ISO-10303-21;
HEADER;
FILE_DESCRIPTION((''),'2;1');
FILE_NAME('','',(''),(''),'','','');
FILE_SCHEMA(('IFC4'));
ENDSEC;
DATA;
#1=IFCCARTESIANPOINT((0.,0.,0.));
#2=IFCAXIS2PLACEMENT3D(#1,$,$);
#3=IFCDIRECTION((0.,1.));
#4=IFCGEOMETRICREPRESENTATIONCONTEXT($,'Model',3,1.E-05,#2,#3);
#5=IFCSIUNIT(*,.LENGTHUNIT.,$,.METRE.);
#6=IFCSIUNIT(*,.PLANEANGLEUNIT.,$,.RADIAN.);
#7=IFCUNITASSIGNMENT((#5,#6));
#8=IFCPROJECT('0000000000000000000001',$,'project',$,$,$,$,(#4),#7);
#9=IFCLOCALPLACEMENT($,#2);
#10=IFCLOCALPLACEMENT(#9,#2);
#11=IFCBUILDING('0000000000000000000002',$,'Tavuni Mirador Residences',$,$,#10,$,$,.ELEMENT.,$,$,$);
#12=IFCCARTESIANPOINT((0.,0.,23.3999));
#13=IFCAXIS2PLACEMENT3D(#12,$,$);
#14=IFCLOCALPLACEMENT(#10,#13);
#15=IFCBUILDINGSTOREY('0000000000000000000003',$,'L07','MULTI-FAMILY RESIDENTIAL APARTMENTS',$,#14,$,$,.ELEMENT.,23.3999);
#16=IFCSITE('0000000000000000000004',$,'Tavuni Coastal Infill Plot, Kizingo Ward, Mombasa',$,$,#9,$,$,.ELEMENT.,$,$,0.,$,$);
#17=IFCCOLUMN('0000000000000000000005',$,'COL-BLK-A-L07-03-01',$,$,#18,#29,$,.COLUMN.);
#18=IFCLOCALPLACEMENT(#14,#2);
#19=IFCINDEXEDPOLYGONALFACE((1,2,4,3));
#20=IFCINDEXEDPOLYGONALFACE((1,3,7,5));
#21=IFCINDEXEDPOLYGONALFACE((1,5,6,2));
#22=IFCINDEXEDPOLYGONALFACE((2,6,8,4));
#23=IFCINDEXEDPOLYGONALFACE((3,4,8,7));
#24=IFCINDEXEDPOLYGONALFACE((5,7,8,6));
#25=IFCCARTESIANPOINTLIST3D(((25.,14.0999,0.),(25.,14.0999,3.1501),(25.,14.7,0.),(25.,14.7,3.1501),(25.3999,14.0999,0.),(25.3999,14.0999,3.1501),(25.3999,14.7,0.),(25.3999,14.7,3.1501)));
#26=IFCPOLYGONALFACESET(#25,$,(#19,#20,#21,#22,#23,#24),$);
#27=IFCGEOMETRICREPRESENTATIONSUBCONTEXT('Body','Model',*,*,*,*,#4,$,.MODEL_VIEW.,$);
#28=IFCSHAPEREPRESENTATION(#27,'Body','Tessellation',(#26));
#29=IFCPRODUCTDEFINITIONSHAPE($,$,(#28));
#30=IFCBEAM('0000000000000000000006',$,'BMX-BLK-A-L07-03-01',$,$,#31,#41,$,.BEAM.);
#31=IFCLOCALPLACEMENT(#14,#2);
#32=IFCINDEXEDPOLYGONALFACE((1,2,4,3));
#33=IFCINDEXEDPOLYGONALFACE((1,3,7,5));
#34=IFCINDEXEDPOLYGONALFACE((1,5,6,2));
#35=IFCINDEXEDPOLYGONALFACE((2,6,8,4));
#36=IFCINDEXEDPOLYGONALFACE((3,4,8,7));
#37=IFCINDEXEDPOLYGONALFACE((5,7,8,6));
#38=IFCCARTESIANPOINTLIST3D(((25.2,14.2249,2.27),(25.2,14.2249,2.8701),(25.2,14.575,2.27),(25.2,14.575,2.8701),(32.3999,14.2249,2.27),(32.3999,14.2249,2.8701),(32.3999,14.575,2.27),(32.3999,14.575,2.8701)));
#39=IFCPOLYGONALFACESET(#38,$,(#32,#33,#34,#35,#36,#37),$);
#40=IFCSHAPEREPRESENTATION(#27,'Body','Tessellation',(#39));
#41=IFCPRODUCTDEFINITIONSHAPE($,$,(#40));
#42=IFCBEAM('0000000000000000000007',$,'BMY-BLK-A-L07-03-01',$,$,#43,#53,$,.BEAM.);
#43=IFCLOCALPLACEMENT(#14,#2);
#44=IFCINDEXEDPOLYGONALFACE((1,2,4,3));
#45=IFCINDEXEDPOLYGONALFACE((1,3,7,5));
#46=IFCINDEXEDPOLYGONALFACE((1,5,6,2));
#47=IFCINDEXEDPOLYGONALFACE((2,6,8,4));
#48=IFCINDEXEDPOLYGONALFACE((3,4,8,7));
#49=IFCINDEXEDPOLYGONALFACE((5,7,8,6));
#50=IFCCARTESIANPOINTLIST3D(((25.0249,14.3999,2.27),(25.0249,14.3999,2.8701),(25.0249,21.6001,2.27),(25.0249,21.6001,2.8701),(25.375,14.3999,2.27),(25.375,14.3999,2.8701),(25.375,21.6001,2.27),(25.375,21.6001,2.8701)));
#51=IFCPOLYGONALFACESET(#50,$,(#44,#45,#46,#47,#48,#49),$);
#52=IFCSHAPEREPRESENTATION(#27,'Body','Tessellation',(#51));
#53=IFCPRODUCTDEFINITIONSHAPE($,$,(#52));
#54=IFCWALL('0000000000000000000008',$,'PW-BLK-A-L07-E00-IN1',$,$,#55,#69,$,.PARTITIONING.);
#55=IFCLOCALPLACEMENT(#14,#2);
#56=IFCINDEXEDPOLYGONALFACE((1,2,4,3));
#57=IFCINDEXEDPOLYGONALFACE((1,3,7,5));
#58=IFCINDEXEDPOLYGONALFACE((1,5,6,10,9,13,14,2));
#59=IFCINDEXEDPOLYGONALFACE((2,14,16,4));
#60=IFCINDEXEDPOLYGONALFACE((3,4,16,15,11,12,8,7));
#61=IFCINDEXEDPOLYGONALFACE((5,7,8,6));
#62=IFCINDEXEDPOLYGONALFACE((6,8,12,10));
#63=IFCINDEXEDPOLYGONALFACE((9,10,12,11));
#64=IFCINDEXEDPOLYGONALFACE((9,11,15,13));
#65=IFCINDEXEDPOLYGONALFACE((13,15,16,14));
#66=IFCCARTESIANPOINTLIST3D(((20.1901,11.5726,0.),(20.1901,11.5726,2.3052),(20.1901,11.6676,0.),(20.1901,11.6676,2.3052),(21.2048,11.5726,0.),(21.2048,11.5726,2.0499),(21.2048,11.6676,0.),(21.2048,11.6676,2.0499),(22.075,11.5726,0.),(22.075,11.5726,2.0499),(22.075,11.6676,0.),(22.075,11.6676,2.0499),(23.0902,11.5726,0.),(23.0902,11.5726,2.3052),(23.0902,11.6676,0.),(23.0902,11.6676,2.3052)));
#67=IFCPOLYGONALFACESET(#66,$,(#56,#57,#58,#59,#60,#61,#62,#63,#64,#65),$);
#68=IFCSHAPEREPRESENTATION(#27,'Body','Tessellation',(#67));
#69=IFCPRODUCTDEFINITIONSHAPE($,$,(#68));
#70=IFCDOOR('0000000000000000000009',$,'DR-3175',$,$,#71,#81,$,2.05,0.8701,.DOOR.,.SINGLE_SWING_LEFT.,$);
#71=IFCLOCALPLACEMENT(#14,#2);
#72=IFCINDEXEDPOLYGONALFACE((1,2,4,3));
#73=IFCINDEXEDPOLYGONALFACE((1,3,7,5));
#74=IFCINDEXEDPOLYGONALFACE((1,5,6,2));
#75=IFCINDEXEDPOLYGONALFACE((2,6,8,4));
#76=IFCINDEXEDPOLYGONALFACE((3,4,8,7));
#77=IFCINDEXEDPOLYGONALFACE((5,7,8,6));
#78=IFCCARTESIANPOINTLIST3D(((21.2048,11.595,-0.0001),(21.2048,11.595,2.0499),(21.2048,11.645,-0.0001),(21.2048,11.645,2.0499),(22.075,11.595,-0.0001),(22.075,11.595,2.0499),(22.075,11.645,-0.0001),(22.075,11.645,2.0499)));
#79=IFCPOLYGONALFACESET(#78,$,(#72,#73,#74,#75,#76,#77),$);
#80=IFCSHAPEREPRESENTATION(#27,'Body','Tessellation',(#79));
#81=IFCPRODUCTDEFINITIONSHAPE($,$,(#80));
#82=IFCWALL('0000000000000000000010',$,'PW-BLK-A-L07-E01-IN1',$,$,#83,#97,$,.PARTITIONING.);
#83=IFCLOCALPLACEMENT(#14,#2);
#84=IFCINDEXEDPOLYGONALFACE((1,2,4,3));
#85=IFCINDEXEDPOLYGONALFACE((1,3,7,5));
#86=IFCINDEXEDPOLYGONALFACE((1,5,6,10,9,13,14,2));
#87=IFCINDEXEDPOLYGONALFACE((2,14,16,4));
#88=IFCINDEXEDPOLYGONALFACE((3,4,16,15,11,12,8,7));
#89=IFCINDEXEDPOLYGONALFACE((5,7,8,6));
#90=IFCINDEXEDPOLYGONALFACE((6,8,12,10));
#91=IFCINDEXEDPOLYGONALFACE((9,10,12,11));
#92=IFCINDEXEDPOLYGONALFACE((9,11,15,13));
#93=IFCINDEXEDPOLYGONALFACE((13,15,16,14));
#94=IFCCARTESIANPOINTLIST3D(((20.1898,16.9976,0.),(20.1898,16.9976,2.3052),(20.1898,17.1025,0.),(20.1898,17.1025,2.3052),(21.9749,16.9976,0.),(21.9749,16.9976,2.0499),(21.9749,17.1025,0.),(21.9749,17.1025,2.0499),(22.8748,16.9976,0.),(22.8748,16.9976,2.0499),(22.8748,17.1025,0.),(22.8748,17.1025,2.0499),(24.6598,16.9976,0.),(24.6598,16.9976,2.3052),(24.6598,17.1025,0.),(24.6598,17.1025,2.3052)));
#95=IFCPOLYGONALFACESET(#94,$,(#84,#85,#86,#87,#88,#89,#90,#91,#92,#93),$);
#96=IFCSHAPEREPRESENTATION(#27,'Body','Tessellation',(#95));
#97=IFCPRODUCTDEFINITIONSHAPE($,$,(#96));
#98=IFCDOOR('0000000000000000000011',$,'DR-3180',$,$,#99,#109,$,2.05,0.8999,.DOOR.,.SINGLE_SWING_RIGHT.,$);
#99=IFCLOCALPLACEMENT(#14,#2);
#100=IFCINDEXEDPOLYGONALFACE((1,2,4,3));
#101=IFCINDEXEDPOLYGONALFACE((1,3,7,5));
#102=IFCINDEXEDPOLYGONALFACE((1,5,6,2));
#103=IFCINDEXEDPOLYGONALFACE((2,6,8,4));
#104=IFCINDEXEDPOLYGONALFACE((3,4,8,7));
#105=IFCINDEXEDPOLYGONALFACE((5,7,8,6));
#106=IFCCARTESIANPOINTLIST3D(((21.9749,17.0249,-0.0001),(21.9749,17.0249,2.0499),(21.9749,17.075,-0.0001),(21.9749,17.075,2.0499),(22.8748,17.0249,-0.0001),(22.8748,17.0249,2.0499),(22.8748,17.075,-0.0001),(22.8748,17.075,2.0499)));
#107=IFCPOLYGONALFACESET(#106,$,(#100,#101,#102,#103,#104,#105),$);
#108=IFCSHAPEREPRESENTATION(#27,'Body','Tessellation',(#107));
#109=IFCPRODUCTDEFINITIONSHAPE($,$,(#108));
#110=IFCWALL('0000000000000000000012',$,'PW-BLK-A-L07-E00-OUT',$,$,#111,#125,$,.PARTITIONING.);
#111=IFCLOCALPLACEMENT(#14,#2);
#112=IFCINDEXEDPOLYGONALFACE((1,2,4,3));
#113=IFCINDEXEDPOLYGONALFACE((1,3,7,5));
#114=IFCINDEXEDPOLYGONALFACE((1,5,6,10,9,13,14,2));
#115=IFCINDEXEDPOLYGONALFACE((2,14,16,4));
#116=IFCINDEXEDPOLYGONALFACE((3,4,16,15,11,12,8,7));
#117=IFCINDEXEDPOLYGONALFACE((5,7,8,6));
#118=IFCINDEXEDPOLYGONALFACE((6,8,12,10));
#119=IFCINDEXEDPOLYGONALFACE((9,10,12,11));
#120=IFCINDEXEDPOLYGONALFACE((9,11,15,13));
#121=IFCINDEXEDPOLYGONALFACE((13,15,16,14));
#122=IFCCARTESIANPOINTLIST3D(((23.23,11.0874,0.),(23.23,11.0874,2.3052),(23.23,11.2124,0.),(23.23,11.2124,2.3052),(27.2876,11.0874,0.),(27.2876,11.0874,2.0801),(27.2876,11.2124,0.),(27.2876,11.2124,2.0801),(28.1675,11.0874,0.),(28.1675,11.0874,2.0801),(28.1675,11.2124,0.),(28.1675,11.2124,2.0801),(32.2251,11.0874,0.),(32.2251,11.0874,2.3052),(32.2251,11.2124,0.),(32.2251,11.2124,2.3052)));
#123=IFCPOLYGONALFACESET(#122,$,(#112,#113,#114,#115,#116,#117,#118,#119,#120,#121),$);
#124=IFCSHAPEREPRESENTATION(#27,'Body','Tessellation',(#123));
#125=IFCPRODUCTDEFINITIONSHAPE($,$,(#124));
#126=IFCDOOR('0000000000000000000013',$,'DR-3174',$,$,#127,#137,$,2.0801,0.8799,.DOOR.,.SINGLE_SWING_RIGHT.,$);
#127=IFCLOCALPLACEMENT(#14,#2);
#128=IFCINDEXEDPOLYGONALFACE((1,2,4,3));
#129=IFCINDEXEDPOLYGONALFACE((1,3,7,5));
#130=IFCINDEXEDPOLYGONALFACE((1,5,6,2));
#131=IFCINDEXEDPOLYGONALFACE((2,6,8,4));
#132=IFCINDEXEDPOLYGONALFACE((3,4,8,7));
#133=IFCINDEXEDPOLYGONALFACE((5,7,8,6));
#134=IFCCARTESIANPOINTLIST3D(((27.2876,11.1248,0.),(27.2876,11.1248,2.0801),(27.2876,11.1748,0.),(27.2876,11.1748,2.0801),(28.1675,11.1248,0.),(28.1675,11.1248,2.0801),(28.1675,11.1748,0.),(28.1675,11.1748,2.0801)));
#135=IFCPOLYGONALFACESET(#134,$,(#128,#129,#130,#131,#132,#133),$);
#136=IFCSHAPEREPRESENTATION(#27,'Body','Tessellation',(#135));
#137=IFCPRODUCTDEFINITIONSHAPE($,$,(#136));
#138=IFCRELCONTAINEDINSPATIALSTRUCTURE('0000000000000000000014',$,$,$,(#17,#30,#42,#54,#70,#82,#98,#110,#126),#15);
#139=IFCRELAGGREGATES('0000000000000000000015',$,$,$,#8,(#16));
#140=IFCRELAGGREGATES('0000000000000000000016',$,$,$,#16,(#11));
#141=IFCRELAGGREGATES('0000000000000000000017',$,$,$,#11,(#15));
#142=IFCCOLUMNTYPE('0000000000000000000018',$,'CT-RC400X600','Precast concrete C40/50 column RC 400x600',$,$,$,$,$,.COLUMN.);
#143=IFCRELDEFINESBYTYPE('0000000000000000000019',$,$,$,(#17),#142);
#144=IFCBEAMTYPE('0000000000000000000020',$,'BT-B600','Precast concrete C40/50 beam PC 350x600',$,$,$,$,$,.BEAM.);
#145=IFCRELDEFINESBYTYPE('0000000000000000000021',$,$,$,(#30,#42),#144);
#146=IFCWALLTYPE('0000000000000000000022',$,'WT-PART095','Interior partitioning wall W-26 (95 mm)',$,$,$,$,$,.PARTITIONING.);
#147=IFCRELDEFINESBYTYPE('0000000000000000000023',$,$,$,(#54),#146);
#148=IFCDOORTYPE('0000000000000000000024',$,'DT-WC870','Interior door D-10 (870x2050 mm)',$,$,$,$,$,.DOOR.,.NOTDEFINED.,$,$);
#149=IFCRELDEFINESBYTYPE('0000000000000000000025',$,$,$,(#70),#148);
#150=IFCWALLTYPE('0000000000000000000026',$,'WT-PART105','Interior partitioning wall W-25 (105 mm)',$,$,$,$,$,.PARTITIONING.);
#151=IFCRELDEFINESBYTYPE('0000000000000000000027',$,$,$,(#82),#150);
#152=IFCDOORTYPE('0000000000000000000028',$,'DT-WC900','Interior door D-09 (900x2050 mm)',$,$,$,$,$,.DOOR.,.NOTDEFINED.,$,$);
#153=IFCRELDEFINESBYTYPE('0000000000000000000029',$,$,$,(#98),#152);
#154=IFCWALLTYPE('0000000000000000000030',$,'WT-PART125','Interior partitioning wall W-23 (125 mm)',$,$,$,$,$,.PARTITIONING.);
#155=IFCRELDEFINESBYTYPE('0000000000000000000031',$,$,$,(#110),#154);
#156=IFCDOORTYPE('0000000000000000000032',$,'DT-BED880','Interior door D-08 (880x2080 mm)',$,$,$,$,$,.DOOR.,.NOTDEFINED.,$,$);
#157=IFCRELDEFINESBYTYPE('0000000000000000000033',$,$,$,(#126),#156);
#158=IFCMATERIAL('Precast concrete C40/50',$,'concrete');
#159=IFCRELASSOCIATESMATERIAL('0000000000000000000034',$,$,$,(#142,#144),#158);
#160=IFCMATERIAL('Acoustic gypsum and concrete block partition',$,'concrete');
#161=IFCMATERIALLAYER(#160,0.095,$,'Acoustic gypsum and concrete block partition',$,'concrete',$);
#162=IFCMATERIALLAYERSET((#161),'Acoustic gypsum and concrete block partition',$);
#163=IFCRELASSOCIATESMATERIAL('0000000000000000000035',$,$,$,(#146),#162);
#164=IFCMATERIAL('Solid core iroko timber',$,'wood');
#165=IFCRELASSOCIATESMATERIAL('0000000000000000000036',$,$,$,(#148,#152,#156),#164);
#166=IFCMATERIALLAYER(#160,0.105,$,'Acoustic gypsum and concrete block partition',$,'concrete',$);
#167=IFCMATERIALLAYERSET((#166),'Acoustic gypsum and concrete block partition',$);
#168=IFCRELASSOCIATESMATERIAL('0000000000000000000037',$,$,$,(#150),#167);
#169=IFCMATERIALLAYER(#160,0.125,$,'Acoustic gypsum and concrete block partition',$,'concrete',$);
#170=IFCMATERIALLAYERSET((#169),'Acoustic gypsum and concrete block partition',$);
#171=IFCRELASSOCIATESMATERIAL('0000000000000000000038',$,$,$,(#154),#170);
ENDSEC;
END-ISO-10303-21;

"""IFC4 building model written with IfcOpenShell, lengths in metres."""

from ifc_helpers import new_model, si_unit, direction, frame, frame_2d, origin, origin_2d, place, context, subcontext, project, spatial, rectangle, extrude, material, layer, layer_set, material_profile, profile_set, type_object, element, fill, save


model = new_model("IFC4")

# Units and contexts
model_context = context("Model", 3, precision=1e-05, world=origin(), true_north=direction((0.0, 1.0)))
body_context = subcontext(model_context, "Body", "Model", "MODEL_VIEW")
ifc_project = project(units=[si_unit("LENGTHUNIT", "METRE"), si_unit("PLANEANGLEUNIT", "RADIAN")], contexts=[model_context])

# Site, building, storey
site_placement = place(None, origin())
site = spatial("IfcSite", under=ifc_project, at=site_placement, Name="Tavuni Coastal Infill Plot, Kizingo Ward, Mombasa", CompositionType="ELEMENT", RefElevation=0.0)
building_placement = place(site_placement, origin())
building = spatial("IfcBuilding", under=site, at=building_placement, Name="Tavuni Mirador Residences", CompositionType="ELEMENT")
storey_placement = place(building_placement, frame((0.0, 0.0, 23.3999)))
storey = spatial("IfcBuildingStorey", under=building, at=storey_placement, Name="L07", Description="MULTI-FAMILY RESIDENTIAL APARTMENTS", CompositionType="ELEMENT", Elevation=23.3999)

# Column
ifc_material_1 = material(Name="Precast concrete C40/50", Category="concrete")
ifc_material_profile_1 = material_profile(ifc_material_1, rectangle(XDim=0.3999, YDim=0.6001, at=origin_2d()), Name="RC 400x600", Category="concrete")
ifc_profile_set_1 = profile_set([ifc_material_profile_1], Name="Precast concrete C40/50")
column_type = type_object("IfcColumnType", Name="CT-RC400X600", Description="Precast concrete C40/50 column RC 400x600", PredefinedType="COLUMN", material=ifc_profile_set_1)
column_placement = place(storey_placement, frame((25.2, 14.3999, 0.0), z_axis=(0.0, 0.0, 1.0), x_axis=(1.0, 0.0, 0.0)))
element("IfcColumn", 1, at=column_placement, inside=storey, type_object=column_type, Name="COL-BLK-A-L07-03-01", PredefinedType="COLUMN", context=body_context, shape_type="SweptSolid", body=[
    extrude(rectangle(XDim=0.3999, YDim=0.6001, at=origin_2d()), origin(), (0.0, 0.0, 1.0), 3.1501),
])

# Beams
ifc_material_profile_2 = material_profile(ifc_material_1, rectangle(XDim=0.3501, YDim=0.6001, at=origin_2d()), Name="PC 350x600", Category="concrete")
ifc_profile_set_2 = profile_set([ifc_material_profile_2], Name="Precast concrete C40/50")
beam_type = type_object("IfcBeamType", Name="BT-B600", Description="Precast concrete C40/50 beam PC 350x600", PredefinedType="BEAM", material=ifc_profile_set_2)
beam_1_placement = place(storey_placement, frame((25.2, 14.3999, 2.5701), z_axis=(1.0, 0.0, 0.0), x_axis=(0.0, 1.0, 0.0)))
element("IfcBeam", 2, at=beam_1_placement, inside=storey, type_object=beam_type, Name="BMX-BLK-A-L07-03-01", PredefinedType="BEAM", context=body_context, shape_type="SweptSolid", body=[
    extrude(rectangle(XDim=0.3501, YDim=0.6001, at=origin_2d()), origin(), (0.0, 0.0, 1.0), 7.2),
])
beam_2_placement = place(storey_placement, frame((25.2, 14.3999, 2.5701), z_axis=(0.0, 1.0, 0.0), x_axis=(-1.0, 0.0, 0.0)))
element("IfcBeam", 3, at=beam_2_placement, inside=storey, type_object=beam_type, Name="BMY-BLK-A-L07-03-01", PredefinedType="BEAM", context=body_context, shape_type="SweptSolid", body=[
    extrude(rectangle(XDim=0.3501, YDim=0.6001, at=origin_2d()), origin(), (0.0, 0.0, 1.0), 7.2002),
])

# Walls, openings, doors
ifc_material_2 = material(Name="Solid core iroko timber", Category="wood")
ifc_material_3 = material(Name="Acoustic gypsum and concrete block partition", Category="concrete")
ifc_layer_1 = layer(ifc_material_3, 0.095, Name="Acoustic gypsum and concrete block partition", Category="concrete")
ifc_layer_set_1 = layer_set([ifc_layer_1], Name="Acoustic gypsum and concrete block partition")
wall_type_1 = type_object("IfcWallType", Name="WT-PART095", Description="Interior partitioning wall W-26 (95 mm)", PredefinedType="PARTITIONING", material=ifc_layer_set_1)
wall_1_placement = place(storey_placement, frame((20.1899, 11.6201, 0.0), z_axis=(0.0, 0.0, 1.0), x_axis=(1.0, 0.0, 0.0)))
wall_1 = element("IfcWall", 4, at=wall_1_placement, inside=storey, type_object=wall_type_1, Name="PW-BLK-A-L07-E00-IN1", PredefinedType="PARTITIONING", context=body_context, shape_type="SweptSolid", body=[
    extrude(rectangle(XDim=2.9001, YDim=0.095, at=frame_2d((1.4502, 0.0))), origin(), (0.0, 0.0, 1.0), 2.3052),
])
opening_1_placement = place(wall_1_placement, frame((1.0149, 0.0, 0.0)))
opening_1 = element("IfcOpeningElement", 5, at=opening_1_placement, cuts=wall_1, PredefinedType="OPENING", context=body_context, shape_type="SweptSolid", body=[
    extrude(rectangle(XDim=0.8701, YDim=2.05, at=frame_2d((0.4351, 1.0249))), frame((0.0, 0.0576, 0.0), z_axis=(0.0, -1.0, 0.0), x_axis=(1.0, 0.0, 0.0)), (0.0, 0.0, 1.0), 0.115),
])
door_type_1 = type_object("IfcDoorType", Name="DT-WC870", Description="Interior door D-10 (870x2050 mm)", OperationType="NOTDEFINED", PredefinedType="DOOR", material=ifc_material_2)
door_1_placement = place(opening_1_placement, origin())
door_1 = element("IfcDoor", 6, at=door_1_placement, inside=storey, type_object=door_type_1, Name="DR-3175", OperationType="SINGLE_SWING_LEFT", OverallHeight=2.05, OverallWidth=0.8701, PredefinedType="DOOR", context=body_context, shape_type="SweptSolid", body=[
    extrude(rectangle(XDim=0.8701, YDim=2.05, at=frame_2d((0.4351, 1.0249))), frame((0.0, 0.0249, 0.0), z_axis=(0.0, -1.0, 0.0), x_axis=(1.0, 0.0, 0.0)), (0.0, 0.0, 1.0), 0.05),
])
fill(opening_1, door_1)
ifc_layer_2 = layer(ifc_material_3, 0.105, Name="Acoustic gypsum and concrete block partition", Category="concrete")
ifc_layer_set_2 = layer_set([ifc_layer_2], Name="Acoustic gypsum and concrete block partition")
wall_type_2 = type_object("IfcWallType", Name="WT-PART105", Description="Interior partitioning wall W-25 (105 mm)", PredefinedType="PARTITIONING", material=ifc_layer_set_2)
wall_2_placement = place(storey_placement, frame((20.1899, 17.05, 0.0), z_axis=(0.0, 0.0, 1.0), x_axis=(1.0, 0.0, 0.0)))
wall_2 = element("IfcWall", 7, at=wall_2_placement, inside=storey, type_object=wall_type_2, Name="PW-BLK-A-L07-E01-IN1", PredefinedType="PARTITIONING", context=body_context, shape_type="SweptSolid", body=[
    extrude(rectangle(XDim=4.47, YDim=0.105, at=frame_2d((2.2349, 0.0))), origin(), (0.0, 0.0, 1.0), 2.3052),
])
opening_2_placement = place(wall_2_placement, frame((1.7849, 0.0, 0.0)))
opening_2 = element("IfcOpeningElement", 8, at=opening_2_placement, cuts=wall_2, PredefinedType="OPENING", context=body_context, shape_type="SweptSolid", body=[
    extrude(rectangle(XDim=0.8999, YDim=2.05, at=frame_2d((0.45, 1.0249))), frame((0.0, 0.0625, 0.0), z_axis=(0.0, -1.0, 0.0), x_axis=(1.0, 0.0, 0.0)), (0.0, 0.0, 1.0), 0.125),
])
door_type_2 = type_object("IfcDoorType", Name="DT-WC900", Description="Interior door D-09 (900x2050 mm)", OperationType="NOTDEFINED", PredefinedType="DOOR", material=ifc_material_2)
door_2_placement = place(opening_2_placement, origin())
door_2 = element("IfcDoor", 9, at=door_2_placement, inside=storey, type_object=door_type_2, Name="DR-3180", OperationType="SINGLE_SWING_RIGHT", OverallHeight=2.05, OverallWidth=0.8999, PredefinedType="DOOR", context=body_context, shape_type="SweptSolid", body=[
    extrude(rectangle(XDim=0.8999, YDim=2.05, at=frame_2d((0.45, 1.0249))), frame((0.0, 0.0249, 0.0), z_axis=(0.0, -1.0, 0.0), x_axis=(1.0, 0.0, 0.0)), (0.0, 0.0, 1.0), 0.05),
])
fill(opening_2, door_2)
ifc_layer_3 = layer(ifc_material_3, 0.125, Name="Acoustic gypsum and concrete block partition", Category="concrete")
ifc_layer_set_3 = layer_set([ifc_layer_3], Name="Acoustic gypsum and concrete block partition")
wall_type_3 = type_object("IfcWallType", Name="WT-PART125", Description="Interior partitioning wall W-23 (125 mm)", PredefinedType="PARTITIONING", material=ifc_layer_set_3)
wall_3_placement = place(storey_placement, frame((23.23, 11.1499, 0.0), z_axis=(0.0, 0.0, 1.0), x_axis=(1.0, 0.0, 0.0)))
wall_3 = element("IfcWall", 10, at=wall_3_placement, inside=storey, type_object=wall_type_3, Name="PW-BLK-A-L07-E00-OUT", PredefinedType="PARTITIONING", context=body_context, shape_type="SweptSolid", body=[
    extrude(rectangle(XDim=8.9951, YDim=0.125, at=frame_2d((4.4976, 0.0))), origin(), (0.0, 0.0, 1.0), 2.3052),
])
opening_3_placement = place(wall_3_placement, frame((4.0576, 0.0, 0.0)))
opening_3 = element("IfcOpeningElement", 11, at=opening_3_placement, cuts=wall_3, PredefinedType="OPENING", context=body_context, shape_type="SweptSolid", body=[
    extrude(rectangle(XDim=0.8799, YDim=2.0801, at=frame_2d((0.4399, 1.04))), frame((0.0, 0.0725, 0.0), z_axis=(0.0, -1.0, 0.0), x_axis=(1.0, 0.0, 0.0)), (0.0, 0.0, 1.0), 0.145),
])
door_type_3 = type_object("IfcDoorType", Name="DT-BED880", Description="Interior door D-08 (880x2080 mm)", OperationType="NOTDEFINED", PredefinedType="DOOR", material=ifc_material_2)
door_3_placement = place(opening_3_placement, origin())
door_3 = element("IfcDoor", 12, at=door_3_placement, inside=storey, type_object=door_type_3, Name="DR-3174", OperationType="SINGLE_SWING_RIGHT", OverallHeight=2.0801, OverallWidth=0.8799, PredefinedType="DOOR", context=body_context, shape_type="SweptSolid", body=[
    extrude(rectangle(XDim=0.8799, YDim=2.0801, at=frame_2d((0.4399, 1.04))), frame((0.0, 0.0249, 0.0), z_axis=(0.0, -1.0, 0.0), x_axis=(1.0, 0.0, 0.0)), (0.0, 0.0, 1.0), 0.05),
])
fill(opening_3, door_3)

save(model, "model.ifc")
